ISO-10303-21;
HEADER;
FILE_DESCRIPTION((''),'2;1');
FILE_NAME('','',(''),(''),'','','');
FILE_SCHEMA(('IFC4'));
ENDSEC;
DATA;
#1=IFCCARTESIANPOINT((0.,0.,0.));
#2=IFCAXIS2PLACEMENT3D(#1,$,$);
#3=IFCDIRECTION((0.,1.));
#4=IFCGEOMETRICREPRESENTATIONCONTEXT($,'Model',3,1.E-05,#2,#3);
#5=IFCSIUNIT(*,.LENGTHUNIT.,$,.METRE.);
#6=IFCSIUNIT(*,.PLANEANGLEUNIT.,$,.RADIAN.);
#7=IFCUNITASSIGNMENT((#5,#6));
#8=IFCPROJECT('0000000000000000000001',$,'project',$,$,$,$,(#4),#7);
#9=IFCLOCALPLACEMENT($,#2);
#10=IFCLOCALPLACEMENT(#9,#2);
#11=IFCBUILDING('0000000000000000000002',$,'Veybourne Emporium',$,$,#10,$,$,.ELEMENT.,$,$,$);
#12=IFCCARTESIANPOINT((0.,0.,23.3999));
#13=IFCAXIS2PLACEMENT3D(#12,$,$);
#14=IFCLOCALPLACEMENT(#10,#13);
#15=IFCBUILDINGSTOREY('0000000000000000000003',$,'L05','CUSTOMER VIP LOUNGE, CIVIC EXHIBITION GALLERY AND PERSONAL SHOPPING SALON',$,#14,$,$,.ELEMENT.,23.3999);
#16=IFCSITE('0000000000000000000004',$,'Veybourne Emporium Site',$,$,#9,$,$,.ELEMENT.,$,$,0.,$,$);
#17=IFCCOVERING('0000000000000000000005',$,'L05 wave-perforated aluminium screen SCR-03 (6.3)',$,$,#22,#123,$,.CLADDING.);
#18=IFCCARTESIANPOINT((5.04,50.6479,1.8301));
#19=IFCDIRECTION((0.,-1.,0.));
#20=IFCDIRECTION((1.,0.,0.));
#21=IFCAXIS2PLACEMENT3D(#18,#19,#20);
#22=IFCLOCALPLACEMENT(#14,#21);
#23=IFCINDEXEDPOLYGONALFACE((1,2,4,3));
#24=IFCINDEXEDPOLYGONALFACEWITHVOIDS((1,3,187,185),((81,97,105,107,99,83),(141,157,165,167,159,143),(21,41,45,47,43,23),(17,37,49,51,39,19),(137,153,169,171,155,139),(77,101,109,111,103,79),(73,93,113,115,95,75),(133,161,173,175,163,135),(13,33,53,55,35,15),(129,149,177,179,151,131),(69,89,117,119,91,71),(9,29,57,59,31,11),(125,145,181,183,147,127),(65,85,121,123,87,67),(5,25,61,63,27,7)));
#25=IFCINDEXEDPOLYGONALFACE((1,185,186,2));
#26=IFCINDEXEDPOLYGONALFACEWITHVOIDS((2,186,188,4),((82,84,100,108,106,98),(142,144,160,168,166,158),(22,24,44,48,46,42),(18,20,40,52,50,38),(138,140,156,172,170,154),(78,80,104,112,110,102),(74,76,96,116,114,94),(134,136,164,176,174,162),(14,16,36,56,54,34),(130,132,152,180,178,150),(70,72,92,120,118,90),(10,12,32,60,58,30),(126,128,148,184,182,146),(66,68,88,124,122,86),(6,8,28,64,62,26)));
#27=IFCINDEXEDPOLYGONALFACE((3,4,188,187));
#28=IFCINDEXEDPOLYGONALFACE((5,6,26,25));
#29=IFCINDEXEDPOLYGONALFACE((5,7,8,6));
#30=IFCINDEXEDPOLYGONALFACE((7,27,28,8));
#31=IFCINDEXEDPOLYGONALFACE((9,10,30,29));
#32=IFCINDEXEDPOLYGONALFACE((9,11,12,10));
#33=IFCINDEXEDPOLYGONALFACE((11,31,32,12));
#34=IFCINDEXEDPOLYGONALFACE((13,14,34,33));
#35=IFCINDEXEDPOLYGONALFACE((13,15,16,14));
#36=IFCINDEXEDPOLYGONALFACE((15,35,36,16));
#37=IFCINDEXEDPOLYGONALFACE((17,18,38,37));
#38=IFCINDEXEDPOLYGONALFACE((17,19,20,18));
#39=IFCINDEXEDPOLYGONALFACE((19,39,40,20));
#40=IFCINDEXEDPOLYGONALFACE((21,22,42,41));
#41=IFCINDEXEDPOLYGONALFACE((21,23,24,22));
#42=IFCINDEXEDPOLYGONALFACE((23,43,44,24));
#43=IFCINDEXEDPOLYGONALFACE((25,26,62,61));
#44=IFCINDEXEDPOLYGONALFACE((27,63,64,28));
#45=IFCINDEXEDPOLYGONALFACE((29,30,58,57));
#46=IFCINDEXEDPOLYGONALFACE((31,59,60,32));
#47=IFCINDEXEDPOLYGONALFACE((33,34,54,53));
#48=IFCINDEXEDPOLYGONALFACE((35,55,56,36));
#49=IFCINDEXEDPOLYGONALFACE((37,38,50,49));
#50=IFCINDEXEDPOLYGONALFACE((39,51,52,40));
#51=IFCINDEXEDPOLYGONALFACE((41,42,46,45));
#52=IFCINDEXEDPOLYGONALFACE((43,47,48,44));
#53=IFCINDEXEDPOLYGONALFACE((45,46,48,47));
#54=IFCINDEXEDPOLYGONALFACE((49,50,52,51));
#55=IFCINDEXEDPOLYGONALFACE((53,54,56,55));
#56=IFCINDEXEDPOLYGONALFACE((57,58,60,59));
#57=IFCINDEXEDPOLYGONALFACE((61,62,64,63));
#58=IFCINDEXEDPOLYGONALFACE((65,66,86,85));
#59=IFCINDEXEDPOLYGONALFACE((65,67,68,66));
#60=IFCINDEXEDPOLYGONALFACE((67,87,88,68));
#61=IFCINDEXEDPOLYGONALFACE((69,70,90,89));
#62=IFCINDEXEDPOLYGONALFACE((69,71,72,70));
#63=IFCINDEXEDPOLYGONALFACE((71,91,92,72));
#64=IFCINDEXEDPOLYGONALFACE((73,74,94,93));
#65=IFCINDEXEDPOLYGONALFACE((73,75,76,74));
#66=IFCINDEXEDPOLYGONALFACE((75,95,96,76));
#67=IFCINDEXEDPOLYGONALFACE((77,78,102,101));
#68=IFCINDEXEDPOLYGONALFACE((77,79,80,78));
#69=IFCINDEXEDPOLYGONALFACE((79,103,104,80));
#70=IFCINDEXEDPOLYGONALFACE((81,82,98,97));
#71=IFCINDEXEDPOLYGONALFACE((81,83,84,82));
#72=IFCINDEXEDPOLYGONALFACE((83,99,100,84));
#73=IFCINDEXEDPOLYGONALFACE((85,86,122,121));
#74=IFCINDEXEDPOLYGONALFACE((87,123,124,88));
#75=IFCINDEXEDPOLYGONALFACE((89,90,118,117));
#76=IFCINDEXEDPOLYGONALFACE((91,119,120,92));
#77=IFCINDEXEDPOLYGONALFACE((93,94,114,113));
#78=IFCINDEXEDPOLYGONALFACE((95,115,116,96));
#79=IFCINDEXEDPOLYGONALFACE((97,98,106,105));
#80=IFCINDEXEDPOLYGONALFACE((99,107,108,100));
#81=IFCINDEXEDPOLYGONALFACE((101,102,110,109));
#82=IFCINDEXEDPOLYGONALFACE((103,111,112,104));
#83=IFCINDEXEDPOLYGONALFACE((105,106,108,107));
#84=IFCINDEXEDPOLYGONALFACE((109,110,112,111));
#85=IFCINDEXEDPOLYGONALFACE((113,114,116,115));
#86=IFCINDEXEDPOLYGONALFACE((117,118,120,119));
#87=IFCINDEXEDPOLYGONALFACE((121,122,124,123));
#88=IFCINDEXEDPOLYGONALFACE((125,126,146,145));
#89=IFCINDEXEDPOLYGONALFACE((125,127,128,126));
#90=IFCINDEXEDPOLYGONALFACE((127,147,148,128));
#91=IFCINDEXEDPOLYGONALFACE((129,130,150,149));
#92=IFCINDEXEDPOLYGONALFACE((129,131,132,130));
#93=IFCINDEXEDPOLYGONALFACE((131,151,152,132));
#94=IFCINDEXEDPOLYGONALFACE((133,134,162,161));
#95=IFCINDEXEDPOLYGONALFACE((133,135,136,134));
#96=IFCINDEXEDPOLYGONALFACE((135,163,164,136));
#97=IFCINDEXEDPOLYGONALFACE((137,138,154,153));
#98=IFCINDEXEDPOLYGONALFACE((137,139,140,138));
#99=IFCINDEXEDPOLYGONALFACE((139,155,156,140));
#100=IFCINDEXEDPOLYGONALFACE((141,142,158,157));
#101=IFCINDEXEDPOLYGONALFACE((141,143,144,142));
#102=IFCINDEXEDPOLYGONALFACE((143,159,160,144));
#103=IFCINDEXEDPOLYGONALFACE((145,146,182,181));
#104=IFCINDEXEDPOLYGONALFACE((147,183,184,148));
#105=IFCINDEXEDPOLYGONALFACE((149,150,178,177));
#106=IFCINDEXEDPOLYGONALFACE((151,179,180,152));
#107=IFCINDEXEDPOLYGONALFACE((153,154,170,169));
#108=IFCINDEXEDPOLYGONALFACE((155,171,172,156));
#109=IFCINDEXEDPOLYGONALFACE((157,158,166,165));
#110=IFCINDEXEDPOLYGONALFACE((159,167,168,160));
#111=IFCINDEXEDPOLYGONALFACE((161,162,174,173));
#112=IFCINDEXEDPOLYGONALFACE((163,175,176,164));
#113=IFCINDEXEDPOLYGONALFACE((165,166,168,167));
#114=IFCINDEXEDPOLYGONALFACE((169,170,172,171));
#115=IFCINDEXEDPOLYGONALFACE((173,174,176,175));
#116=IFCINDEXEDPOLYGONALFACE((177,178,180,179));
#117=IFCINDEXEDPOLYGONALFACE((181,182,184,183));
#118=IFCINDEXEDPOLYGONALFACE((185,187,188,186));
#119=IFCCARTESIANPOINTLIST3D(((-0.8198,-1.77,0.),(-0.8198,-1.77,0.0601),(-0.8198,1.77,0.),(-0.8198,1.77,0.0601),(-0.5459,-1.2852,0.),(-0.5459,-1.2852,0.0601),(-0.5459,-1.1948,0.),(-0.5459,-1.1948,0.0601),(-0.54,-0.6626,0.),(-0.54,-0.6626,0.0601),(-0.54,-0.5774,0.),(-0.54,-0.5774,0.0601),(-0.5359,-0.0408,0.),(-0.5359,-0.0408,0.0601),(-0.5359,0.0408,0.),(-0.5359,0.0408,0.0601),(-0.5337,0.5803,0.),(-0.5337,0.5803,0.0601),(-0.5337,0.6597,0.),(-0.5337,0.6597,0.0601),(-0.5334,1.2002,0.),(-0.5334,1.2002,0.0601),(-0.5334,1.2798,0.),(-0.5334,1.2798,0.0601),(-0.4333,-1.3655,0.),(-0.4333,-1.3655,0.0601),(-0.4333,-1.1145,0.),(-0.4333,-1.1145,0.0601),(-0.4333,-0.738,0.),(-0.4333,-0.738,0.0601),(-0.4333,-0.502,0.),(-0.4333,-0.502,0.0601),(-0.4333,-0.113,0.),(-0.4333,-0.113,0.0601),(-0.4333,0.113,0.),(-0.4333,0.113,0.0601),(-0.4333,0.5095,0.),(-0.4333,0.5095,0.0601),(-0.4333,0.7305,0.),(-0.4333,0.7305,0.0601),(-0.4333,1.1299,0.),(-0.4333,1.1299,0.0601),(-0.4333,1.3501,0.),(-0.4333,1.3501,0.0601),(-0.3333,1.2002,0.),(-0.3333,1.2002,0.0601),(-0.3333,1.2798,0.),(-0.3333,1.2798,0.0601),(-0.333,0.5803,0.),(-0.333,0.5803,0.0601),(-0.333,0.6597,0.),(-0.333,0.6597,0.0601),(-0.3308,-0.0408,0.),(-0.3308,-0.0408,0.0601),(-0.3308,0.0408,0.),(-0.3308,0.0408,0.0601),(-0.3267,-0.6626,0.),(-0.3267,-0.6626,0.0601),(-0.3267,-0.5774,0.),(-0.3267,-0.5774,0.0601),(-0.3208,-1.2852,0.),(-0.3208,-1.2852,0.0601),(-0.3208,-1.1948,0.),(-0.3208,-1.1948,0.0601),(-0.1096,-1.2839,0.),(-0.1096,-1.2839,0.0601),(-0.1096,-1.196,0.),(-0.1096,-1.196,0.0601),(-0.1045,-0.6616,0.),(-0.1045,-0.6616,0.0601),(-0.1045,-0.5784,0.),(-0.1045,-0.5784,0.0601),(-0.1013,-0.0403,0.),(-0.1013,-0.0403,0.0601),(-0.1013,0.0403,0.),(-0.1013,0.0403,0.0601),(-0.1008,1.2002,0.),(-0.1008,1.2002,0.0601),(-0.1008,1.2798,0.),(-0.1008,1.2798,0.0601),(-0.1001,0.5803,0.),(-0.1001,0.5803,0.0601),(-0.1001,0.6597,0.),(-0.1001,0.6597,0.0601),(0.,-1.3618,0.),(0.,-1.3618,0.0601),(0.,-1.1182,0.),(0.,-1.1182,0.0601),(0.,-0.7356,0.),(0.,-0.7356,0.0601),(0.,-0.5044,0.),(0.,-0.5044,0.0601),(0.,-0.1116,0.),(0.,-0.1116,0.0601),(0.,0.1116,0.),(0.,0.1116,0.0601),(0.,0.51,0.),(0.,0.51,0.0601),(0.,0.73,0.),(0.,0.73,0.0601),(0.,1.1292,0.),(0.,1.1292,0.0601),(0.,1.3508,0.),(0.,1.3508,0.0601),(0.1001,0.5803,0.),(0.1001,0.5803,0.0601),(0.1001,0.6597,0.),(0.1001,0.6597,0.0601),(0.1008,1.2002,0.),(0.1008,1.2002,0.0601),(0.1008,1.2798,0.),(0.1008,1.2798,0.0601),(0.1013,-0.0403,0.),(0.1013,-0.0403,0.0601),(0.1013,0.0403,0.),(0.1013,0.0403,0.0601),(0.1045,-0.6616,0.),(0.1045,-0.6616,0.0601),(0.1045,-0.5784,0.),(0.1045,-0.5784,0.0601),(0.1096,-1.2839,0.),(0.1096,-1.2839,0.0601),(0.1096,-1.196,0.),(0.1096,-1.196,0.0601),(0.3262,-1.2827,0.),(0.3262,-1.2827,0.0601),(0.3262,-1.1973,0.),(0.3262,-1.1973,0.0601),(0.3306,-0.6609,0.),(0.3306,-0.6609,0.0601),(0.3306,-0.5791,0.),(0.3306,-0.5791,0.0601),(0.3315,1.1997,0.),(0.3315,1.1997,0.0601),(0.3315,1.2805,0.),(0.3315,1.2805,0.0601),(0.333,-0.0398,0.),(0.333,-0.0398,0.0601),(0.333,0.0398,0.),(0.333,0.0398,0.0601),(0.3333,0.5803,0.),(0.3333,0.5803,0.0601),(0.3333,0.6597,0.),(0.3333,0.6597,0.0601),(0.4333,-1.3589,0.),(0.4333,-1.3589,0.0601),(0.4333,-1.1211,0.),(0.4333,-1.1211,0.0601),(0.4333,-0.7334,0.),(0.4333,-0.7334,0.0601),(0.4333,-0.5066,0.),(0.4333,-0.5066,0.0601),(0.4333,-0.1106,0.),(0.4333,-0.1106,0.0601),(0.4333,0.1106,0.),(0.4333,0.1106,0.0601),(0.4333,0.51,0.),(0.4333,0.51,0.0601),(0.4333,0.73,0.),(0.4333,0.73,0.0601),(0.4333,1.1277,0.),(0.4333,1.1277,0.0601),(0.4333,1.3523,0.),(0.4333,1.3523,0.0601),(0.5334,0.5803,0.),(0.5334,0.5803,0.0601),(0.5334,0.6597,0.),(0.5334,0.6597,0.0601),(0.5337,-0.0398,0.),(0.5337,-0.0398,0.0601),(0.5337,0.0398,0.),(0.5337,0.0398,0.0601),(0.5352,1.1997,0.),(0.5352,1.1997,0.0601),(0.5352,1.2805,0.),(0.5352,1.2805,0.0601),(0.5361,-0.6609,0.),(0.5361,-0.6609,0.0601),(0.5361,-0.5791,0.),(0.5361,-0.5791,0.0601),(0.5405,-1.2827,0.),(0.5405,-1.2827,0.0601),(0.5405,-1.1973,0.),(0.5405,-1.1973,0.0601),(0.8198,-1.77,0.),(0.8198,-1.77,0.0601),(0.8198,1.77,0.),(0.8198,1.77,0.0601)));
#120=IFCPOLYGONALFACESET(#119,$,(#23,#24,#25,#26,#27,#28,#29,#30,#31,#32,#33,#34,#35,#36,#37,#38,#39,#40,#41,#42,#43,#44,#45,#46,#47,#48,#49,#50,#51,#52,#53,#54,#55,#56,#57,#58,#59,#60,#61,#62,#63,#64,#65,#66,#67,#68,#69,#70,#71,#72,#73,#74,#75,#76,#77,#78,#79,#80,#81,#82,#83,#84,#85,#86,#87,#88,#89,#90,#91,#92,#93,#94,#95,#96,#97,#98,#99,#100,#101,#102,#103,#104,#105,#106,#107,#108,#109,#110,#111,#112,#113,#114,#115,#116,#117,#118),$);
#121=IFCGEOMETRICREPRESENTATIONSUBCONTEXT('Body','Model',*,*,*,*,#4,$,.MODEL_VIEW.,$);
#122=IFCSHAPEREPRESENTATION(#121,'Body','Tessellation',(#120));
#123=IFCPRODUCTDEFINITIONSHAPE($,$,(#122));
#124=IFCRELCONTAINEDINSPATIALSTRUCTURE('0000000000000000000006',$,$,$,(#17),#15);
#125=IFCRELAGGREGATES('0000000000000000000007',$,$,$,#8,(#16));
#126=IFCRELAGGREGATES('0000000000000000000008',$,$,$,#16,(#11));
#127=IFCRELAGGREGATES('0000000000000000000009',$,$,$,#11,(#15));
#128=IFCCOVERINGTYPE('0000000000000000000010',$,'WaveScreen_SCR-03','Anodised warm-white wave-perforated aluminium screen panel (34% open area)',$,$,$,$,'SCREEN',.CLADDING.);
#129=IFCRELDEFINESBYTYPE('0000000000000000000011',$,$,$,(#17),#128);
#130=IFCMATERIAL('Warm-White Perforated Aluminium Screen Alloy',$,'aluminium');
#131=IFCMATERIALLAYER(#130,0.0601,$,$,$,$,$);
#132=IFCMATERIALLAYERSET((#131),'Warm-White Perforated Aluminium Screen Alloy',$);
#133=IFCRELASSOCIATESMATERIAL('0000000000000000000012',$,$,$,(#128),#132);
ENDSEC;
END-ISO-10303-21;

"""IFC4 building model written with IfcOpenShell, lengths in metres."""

from ifc_helpers import new_model, si_unit, direction, frame, origin, place, context, subcontext, project, spatial, polyline, outline, extrude, material, layer, layer_set, type_object, element, save


model = new_model("IFC4")

# Units and contexts
model_context = context("Model", 3, precision=1e-05, world=origin(), true_north=direction((0.0, 1.0)))
body_context = subcontext(model_context, "Body", "Model", "MODEL_VIEW")
ifc_project = project(units=[si_unit("LENGTHUNIT", "METRE"), si_unit("PLANEANGLEUNIT", "RADIAN")], contexts=[model_context])

# Site, building, storey
site_placement = place(None, origin())
site = spatial("IfcSite", under=ifc_project, at=site_placement, Name="Veybourne Emporium Site", CompositionType="ELEMENT", RefElevation=0.0)
building_placement = place(site_placement, origin())
building = spatial("IfcBuilding", under=site, at=building_placement, Name="Veybourne Emporium", CompositionType="ELEMENT")
storey_placement = place(building_placement, frame((0.0, 0.0, 23.3999)))
storey = spatial("IfcBuildingStorey", under=building, at=storey_placement, Name="L05", Description="CUSTOMER VIP LOUNGE, CIVIC EXHIBITION GALLERY AND PERSONAL SHOPPING SALON", CompositionType="ELEMENT", Elevation=23.3999)

# Covering
ifc_material_1 = material(Name="Warm-White Perforated Aluminium Screen Alloy", Category="aluminium")
ifc_layer_1 = layer(ifc_material_1, 0.0601)
ifc_layer_set_1 = layer_set([ifc_layer_1], Name="Warm-White Perforated Aluminium Screen Alloy")
covering_type_1 = type_object("IfcCoveringType", Name="WaveScreen_SCR-03", Description="Anodised warm-white wave-perforated aluminium screen panel (34% open area)", ElementType="SCREEN", PredefinedType="CLADDING", material=ifc_layer_set_1)
covering_1_placement = place(storey_placement, frame((5.04, 50.6479, 1.8301), z_axis=(0.0, -1.0, 0.0), x_axis=(1.0, 0.0, 0.0)))
element("IfcCovering", 1, at=covering_1_placement, inside=storey, type_object=covering_type_1, Name="L05 wave-perforated aluminium screen SCR-03 (6.3)", PredefinedType="CLADDING", context=body_context, shape_type="SweptSolid", body=[
    extrude(outline(polyline([(-0.8198, -1.77), (0.8198, -1.77), (0.8198, 1.77), (-0.8198, 1.77), (-0.8198, -1.77)]), holes=[polyline([(-0.4333, -1.1145), (-0.3208, -1.1948), (-0.3208, -1.2852), (-0.4333, -1.3655), (-0.5459, -1.2852), (-0.5459, -1.1948), (-0.4333, -1.1145)]), polyline([(-0.4333, -0.502), (-0.3267, -0.5774), (-0.3267, -0.6626), (-0.4333, -0.738), (-0.54, -0.6626), (-0.54, -0.5774), (-0.4333, -0.502)]), polyline([(-0.4333, 0.113), (-0.3308, 0.0408), (-0.3308, -0.0408), (-0.4333, -0.113), (-0.5359, -0.0408), (-0.5359, 0.0408), (-0.4333, 0.113)]), polyline([(-0.4333, 0.7305), (-0.333, 0.6597), (-0.333, 0.5803), (-0.4333, 0.5095), (-0.5337, 0.5803), (-0.5337, 0.6597), (-0.4333, 0.7305)]), polyline([(-0.4333, 1.3501), (-0.3333, 1.2798), (-0.3333, 1.2002), (-0.4333, 1.1299), (-0.5334, 1.2002), (-0.5334, 1.2798), (-0.4333, 1.3501)]), polyline([(0.0, -1.1182), (0.1096, -1.196), (0.1096, -1.2839), (0.0, -1.3618), (-0.1096, -1.2839), (-0.1096, -1.196), (0.0, -1.1182)]), polyline([(0.0, -0.5044), (0.1045, -0.5784), (0.1045, -0.6616), (0.0, -0.7356), (-0.1045, -0.6616), (-0.1045, -0.5784), (0.0, -0.5044)]), polyline([(0.0, 0.1116), (0.1013, 0.0403), (0.1013, -0.0403), (0.0, -0.1116), (-0.1013, -0.0403), (-0.1013, 0.0403), (0.0, 0.1116)]), polyline([(0.0, 0.73), (0.1001, 0.6597), (0.1001, 0.5803), (0.0, 0.51), (-0.1001, 0.5803), (-0.1001, 0.6597), (0.0, 0.73)]), polyline([(0.0, 1.3508), (0.1008, 1.2798), (0.1008, 1.2002), (0.0, 1.1292), (-0.1008, 1.2002), (-0.1008, 1.2798), (0.0, 1.3508)]), polyline([(0.4333, -1.1211), (0.5405, -1.1973), (0.5405, -1.2827), (0.4333, -1.3589), (0.3262, -1.2827), (0.3262, -1.1973), (0.4333, -1.1211)]), polyline([(0.4333, -0.5066), (0.5361, -0.5791), (0.5361, -0.6609), (0.4333, -0.7334), (0.3306, -0.6609), (0.3306, -0.5791), (0.4333, -0.5066)]), polyline([(0.4333, 0.1106), (0.5337, 0.0398), (0.5337, -0.0398), (0.4333, -0.1106), (0.333, -0.0398), (0.333, 0.0398), (0.4333, 0.1106)]), polyline([(0.4333, 0.73), (0.5334, 0.6597), (0.5334, 0.5803), (0.4333, 0.51), (0.3333, 0.5803), (0.3333, 0.6597), (0.4333, 0.73)]), polyline([(0.4333, 1.3523), (0.5352, 1.2805), (0.5352, 1.1997), (0.4333, 1.1277), (0.3315, 1.1997), (0.3315, 1.2805), (0.4333, 1.3523)])]), origin(), (0.0, 0.0, 1.0), 0.0601),
])

save(model, "model.ifc")
